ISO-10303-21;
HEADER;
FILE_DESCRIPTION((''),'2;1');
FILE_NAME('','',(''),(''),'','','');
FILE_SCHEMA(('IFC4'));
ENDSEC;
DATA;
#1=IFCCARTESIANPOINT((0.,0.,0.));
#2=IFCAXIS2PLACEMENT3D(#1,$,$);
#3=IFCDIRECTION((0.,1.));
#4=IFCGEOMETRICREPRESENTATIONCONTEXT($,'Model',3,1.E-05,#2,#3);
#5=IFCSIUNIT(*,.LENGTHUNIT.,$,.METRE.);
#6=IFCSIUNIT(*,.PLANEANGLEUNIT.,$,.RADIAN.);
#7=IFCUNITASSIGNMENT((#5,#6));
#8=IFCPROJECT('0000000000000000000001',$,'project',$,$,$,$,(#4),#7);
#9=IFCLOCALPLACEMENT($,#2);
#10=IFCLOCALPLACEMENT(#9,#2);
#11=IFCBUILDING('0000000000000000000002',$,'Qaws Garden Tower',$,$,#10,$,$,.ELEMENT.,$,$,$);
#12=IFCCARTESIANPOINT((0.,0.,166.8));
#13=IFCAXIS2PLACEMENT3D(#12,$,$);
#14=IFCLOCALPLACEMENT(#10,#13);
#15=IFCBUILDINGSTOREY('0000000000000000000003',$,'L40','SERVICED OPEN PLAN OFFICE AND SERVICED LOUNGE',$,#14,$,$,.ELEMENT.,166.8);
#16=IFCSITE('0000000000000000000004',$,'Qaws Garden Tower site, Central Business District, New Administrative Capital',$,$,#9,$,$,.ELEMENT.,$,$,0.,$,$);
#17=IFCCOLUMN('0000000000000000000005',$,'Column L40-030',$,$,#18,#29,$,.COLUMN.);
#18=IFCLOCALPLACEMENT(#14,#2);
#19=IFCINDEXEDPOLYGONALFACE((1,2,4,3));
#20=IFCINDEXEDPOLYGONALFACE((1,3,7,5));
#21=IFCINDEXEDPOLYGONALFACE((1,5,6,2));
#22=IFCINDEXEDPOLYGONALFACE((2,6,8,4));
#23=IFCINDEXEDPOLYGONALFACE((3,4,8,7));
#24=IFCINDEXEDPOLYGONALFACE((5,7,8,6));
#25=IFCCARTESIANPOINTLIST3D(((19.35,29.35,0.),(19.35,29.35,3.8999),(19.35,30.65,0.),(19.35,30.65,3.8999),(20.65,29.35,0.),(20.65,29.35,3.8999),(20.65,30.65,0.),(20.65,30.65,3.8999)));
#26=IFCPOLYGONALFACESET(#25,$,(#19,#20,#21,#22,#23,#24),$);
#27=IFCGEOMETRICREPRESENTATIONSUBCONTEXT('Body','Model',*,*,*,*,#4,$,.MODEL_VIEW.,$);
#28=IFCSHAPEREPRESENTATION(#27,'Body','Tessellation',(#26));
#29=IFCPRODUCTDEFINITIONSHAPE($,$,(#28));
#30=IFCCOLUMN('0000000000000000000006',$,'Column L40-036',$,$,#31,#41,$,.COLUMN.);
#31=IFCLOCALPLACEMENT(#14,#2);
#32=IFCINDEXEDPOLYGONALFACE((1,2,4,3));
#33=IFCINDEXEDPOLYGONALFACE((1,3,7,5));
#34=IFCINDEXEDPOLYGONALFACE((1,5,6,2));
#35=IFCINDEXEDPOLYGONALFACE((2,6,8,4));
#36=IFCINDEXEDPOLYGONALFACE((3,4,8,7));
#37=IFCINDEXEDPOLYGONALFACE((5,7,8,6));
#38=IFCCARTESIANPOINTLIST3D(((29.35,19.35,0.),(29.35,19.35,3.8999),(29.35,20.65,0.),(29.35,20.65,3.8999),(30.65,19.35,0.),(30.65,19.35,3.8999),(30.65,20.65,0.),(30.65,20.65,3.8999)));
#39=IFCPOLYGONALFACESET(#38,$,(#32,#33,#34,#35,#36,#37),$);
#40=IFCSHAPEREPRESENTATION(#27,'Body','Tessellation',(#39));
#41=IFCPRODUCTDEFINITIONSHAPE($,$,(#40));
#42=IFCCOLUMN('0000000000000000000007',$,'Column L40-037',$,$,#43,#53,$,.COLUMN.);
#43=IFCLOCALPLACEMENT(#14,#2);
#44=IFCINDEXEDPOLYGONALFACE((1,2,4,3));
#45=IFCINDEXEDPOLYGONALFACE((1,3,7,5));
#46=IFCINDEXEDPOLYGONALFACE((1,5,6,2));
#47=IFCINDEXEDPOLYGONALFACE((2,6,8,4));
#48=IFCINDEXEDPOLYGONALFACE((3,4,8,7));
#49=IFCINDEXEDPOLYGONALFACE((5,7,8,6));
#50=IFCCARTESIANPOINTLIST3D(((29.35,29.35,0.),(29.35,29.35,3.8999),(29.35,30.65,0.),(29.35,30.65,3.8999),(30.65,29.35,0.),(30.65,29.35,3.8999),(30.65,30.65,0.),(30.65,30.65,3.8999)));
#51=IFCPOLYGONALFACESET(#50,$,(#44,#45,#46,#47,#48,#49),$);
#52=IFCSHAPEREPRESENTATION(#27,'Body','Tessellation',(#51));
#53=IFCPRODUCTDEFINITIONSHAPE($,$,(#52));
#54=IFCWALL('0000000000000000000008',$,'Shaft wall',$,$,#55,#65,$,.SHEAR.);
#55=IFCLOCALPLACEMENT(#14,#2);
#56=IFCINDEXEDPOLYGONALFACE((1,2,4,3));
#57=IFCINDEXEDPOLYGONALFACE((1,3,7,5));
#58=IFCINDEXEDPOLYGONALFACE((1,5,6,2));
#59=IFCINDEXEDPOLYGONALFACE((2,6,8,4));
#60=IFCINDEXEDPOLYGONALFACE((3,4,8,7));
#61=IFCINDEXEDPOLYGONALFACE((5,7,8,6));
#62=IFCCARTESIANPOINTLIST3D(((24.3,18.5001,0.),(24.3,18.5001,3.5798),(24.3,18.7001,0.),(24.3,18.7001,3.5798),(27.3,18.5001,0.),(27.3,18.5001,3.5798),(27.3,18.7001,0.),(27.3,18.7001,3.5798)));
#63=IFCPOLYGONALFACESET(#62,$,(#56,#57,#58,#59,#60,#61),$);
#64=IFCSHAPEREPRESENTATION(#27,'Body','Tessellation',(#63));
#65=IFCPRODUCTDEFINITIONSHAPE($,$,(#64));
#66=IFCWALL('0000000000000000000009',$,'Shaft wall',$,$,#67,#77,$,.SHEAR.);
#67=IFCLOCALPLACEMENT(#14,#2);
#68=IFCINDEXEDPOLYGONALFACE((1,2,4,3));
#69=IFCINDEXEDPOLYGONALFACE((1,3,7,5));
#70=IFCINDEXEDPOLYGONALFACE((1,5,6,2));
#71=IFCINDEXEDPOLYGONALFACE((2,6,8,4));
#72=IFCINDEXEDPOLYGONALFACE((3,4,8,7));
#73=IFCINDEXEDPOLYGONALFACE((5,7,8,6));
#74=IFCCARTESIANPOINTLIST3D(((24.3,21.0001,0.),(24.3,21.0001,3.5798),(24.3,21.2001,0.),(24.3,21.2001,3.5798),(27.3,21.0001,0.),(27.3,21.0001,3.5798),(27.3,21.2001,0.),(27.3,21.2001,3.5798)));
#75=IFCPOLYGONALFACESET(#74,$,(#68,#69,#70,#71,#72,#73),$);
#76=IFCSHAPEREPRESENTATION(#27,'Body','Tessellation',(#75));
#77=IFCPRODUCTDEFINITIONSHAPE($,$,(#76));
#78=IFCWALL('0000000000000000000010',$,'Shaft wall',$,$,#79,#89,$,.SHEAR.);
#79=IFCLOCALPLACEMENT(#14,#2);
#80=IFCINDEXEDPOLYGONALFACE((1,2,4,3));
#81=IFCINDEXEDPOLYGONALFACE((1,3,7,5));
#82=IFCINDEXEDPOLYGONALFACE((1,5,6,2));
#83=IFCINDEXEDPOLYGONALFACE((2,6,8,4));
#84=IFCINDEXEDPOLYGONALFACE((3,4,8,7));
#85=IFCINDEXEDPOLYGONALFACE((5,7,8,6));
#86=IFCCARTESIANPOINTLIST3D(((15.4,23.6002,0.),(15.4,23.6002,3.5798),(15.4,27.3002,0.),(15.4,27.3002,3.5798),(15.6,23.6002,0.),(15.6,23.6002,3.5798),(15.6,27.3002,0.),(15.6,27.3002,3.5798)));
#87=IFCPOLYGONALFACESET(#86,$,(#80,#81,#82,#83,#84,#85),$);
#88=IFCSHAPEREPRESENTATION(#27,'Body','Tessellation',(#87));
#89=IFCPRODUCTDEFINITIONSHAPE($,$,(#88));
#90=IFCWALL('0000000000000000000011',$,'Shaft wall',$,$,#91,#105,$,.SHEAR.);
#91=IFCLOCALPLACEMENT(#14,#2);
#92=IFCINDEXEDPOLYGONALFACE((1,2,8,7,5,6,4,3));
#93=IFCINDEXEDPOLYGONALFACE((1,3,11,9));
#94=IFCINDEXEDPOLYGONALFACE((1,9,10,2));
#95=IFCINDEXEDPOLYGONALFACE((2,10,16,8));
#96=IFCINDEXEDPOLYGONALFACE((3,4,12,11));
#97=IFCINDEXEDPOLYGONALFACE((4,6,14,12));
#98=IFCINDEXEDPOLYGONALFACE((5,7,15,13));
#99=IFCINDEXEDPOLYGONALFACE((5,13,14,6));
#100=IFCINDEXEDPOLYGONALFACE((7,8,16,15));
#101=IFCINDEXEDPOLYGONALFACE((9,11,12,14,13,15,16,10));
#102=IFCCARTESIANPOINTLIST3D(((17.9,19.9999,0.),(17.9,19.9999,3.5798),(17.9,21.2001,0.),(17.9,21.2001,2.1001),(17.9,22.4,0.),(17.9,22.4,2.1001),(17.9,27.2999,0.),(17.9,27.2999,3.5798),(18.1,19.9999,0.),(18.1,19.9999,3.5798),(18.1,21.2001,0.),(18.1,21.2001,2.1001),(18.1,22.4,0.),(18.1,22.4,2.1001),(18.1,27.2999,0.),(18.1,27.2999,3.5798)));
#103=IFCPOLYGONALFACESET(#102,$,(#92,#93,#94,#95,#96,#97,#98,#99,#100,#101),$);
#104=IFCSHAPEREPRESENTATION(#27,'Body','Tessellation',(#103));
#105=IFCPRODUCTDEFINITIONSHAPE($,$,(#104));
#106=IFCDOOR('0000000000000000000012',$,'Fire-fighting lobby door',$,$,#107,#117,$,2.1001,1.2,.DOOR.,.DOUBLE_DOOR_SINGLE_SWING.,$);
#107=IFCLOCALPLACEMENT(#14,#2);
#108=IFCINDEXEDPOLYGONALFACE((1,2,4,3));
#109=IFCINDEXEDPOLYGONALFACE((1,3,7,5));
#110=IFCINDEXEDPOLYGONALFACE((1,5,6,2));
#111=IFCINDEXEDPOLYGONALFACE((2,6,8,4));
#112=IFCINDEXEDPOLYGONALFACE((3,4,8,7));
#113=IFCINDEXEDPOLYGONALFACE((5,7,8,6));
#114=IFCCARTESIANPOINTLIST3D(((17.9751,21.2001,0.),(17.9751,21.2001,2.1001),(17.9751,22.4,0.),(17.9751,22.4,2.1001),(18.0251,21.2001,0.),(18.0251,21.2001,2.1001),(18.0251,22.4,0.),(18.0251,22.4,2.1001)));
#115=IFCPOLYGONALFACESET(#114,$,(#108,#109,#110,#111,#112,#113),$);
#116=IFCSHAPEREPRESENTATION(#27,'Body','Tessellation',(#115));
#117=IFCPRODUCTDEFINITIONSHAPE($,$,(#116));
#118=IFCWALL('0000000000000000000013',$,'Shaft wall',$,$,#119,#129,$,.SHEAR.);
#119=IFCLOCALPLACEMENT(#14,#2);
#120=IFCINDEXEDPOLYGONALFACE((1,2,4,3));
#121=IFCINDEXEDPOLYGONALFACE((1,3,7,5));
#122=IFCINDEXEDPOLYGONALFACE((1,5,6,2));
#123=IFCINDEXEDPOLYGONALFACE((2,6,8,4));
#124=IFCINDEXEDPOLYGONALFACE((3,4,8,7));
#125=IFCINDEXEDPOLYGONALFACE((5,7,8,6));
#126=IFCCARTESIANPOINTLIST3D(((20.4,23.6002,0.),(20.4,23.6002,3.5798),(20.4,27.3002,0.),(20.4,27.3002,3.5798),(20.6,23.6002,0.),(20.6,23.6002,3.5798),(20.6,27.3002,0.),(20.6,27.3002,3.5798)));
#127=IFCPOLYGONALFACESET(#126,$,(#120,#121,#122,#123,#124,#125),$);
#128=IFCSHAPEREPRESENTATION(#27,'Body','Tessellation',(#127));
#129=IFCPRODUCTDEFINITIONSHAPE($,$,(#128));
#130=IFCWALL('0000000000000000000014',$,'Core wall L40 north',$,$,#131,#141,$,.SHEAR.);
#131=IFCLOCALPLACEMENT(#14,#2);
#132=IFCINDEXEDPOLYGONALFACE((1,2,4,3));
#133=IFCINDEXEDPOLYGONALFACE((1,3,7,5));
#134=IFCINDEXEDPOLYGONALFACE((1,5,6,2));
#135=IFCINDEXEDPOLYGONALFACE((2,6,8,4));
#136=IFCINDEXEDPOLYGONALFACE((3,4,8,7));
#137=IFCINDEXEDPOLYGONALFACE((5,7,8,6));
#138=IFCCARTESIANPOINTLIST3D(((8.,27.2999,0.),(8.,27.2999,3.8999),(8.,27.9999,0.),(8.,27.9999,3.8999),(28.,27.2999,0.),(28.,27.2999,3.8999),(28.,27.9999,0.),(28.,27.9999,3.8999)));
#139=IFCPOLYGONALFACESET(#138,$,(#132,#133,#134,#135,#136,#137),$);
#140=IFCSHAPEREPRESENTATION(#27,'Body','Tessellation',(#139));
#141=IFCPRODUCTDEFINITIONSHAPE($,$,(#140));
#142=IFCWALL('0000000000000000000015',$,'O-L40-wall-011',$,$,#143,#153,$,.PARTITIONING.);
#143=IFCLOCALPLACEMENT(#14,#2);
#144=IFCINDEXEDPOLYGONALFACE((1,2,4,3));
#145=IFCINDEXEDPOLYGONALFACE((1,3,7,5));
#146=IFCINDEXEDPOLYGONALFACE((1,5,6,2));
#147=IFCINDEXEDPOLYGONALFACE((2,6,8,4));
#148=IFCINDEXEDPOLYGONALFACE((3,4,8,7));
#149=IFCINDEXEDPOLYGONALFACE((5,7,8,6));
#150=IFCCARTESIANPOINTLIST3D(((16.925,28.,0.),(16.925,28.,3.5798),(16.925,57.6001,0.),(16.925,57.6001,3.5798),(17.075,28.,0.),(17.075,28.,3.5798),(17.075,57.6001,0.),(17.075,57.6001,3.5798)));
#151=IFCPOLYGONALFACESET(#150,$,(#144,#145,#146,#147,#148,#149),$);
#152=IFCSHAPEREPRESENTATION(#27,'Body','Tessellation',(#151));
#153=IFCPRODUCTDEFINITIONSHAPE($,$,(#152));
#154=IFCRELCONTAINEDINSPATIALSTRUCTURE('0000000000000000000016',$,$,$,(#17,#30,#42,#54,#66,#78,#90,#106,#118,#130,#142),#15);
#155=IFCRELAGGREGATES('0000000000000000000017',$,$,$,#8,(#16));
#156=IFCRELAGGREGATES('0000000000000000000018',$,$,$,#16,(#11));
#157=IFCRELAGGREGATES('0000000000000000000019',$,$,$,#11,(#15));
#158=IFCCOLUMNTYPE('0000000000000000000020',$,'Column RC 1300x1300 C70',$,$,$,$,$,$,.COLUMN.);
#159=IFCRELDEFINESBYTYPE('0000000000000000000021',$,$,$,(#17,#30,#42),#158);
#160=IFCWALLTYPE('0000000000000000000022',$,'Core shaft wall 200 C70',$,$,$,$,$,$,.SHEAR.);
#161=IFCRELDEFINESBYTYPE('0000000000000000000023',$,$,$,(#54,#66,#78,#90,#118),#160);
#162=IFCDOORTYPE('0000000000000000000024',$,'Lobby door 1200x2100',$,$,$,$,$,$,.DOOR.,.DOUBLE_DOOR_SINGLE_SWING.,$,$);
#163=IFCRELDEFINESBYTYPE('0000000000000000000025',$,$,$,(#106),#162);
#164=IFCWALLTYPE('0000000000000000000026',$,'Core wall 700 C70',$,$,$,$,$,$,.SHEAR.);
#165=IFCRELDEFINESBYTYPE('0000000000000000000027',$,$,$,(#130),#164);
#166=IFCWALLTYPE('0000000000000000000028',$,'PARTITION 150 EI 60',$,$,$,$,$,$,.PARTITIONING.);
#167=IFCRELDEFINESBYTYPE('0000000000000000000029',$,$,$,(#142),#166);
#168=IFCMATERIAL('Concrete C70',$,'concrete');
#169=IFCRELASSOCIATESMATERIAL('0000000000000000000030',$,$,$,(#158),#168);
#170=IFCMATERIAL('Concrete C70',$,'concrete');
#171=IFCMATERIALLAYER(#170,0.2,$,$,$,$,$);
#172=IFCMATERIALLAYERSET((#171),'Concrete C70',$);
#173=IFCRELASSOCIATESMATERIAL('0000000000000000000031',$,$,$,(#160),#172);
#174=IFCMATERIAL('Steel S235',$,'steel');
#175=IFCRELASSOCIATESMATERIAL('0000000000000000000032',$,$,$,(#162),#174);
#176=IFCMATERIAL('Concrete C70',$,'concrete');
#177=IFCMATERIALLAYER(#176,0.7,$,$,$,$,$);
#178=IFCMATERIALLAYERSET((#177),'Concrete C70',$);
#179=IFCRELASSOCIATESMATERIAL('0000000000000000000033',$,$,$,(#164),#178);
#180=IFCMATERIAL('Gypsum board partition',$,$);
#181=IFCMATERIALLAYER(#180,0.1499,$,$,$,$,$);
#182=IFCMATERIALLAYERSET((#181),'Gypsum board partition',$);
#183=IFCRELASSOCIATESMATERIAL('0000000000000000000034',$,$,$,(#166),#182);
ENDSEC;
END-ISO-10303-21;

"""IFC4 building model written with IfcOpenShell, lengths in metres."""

from ifc_helpers import new_model, si_unit, direction, frame, frame_2d, origin, origin_2d, place, context, subcontext, project, spatial, rectangle, extrude, material, layer, layer_set, material_profile, profile_set, type_object, element, fill, save


model = new_model("IFC4")

# Units and contexts
model_context = context("Model", 3, precision=1e-05, world=origin(), true_north=direction((0.0, 1.0)))
body_context = subcontext(model_context, "Body", "Model", "MODEL_VIEW")
ifc_project = project(units=[si_unit("LENGTHUNIT", "METRE"), si_unit("PLANEANGLEUNIT", "RADIAN")], contexts=[model_context])

# Site, building, storey
site_placement = place(None, origin())
site = spatial("IfcSite", under=ifc_project, at=site_placement, Name="Qaws Garden Tower site, Central Business District, New Administrative Capital", CompositionType="ELEMENT", RefElevation=0.0)
building_placement = place(site_placement, origin())
building = spatial("IfcBuilding", under=site, at=building_placement, Name="Qaws Garden Tower", CompositionType="ELEMENT")
storey_placement = place(building_placement, frame((0.0, 0.0, 166.8)))
storey = spatial("IfcBuildingStorey", under=building, at=storey_placement, Name="L40", Description="SERVICED OPEN PLAN OFFICE AND SERVICED LOUNGE", CompositionType="ELEMENT", Elevation=166.8)

# Columns
ifc_material_1 = material(Name="Concrete C70", Category="concrete")
ifc_material_profile = material_profile(ifc_material_1, rectangle(XDim=1.3, YDim=1.3, at=origin_2d()), Name="RC 1300x1300")
ifc_profile_set = profile_set([ifc_material_profile], Name="Concrete C70")
column_type = type_object("IfcColumnType", Name="Column RC 1300x1300 C70", PredefinedType="COLUMN", material=ifc_profile_set)
for number, where, z_axis, x_axis, name in (
    (1, (20.0, 30.0, 0.0), (0.0, 0.0, 1.0), (1.0, 0.0, 0.0), "Column L40-030"),
    (2, (30.0, 20.0, 0.0), (0.0, 0.0, 1.0), (1.0, 0.0, 0.0), "Column L40-036"),
    (3, (30.0, 30.0, 0.0), (0.0, 0.0, 1.0), (1.0, 0.0, 0.0), "Column L40-037"),
):
    element("IfcColumn", number, at=place(storey_placement, frame(where, z_axis=z_axis, x_axis=x_axis)), inside=storey, type_object=column_type, Name=name, PredefinedType="COLUMN", context=body_context, shape_type="SweptSolid", body=[
        extrude(rectangle(XDim=1.3, YDim=1.3, at=origin_2d()), origin(), (0.0, 0.0, 1.0), 3.8999),
    ])

# Walls
ifc_material_2 = material(Name="Concrete C70", Category="concrete")
ifc_layer_1 = layer(ifc_material_2, 0.2)
ifc_layer_set_1 = layer_set([ifc_layer_1], Name="Concrete C70")
wall_type_1 = type_object("IfcWallType", Name="Core shaft wall 200 C70", PredefinedType="SHEAR", material=ifc_layer_set_1)
for number, where, z_axis, x_axis, name in (
    (4, (24.3, 18.6001, 0.0), (0.0, 0.0, 1.0), (1.0, 0.0, 0.0), "Shaft wall"),
    (5, (24.3, 21.1001, 0.0), (0.0, 0.0, 1.0), (1.0, 0.0, 0.0), "Shaft wall"),
):
    element("IfcWall", number, at=place(storey_placement, frame(where, z_axis=z_axis, x_axis=x_axis)), inside=storey, type_object=wall_type_1, Name=name, PredefinedType="SHEAR", context=body_context, shape_type="SweptSolid", body=[
        extrude(rectangle(XDim=3.0, YDim=0.2, at=frame_2d((1.5, 0.0))), origin(), (0.0, 0.0, 1.0), 3.5798),
    ])
wall_1_placement = place(storey_placement, frame((15.5, 23.6001, 0.0), z_axis=(0.0, 0.0, 1.0), x_axis=(0.0, 1.0, 0.0)))
element("IfcWall", 6, at=wall_1_placement, inside=storey, type_object=wall_type_1, Name="Shaft wall", PredefinedType="SHEAR", context=body_context, shape_type="SweptSolid", body=[
    extrude(rectangle(XDim=3.7, YDim=0.2, at=frame_2d((1.8501, 0.0))), origin(), (0.0, 0.0, 1.0), 3.5798),
])

# Wall, opening, door
wall_2_placement = place(storey_placement, frame((18.0, 20.0, 0.0), z_axis=(0.0, 0.0, 1.0), x_axis=(0.0, 1.0, 0.0)))
wall_2 = element("IfcWall", 7, at=wall_2_placement, inside=storey, type_object=wall_type_1, Name="Shaft wall", PredefinedType="SHEAR", context=body_context, shape_type="SweptSolid", body=[
    extrude(rectangle(XDim=7.3, YDim=0.2, at=frame_2d((3.6499, 0.0))), origin(), (0.0, 0.0, 1.0), 3.5798),
])
opening_1_placement = place(wall_2_placement, frame((1.2, 0.0, 0.0)))
opening_1 = element("IfcOpeningElement", 8, at=opening_1_placement, cuts=wall_2, PredefinedType="OPENING", context=body_context, shape_type="SweptSolid", body=[
    extrude(rectangle(XDim=1.2, YDim=2.1001, at=frame_2d((0.6001, 1.05))), frame((0.0, 0.1099, 0.0), z_axis=(0.0, -1.0, 0.0), x_axis=(1.0, 0.0, 0.0)), (0.0, 0.0, 1.0), 0.22),
])
ifc_material_3 = material(Name="Steel S235", Category="steel")
door_type_1 = type_object("IfcDoorType", Name="Lobby door 1200x2100", OperationType="DOUBLE_DOOR_SINGLE_SWING", PredefinedType="DOOR", material=ifc_material_3)
door_1_placement = place(opening_1_placement, origin())
door_1 = element("IfcDoor", 9, at=door_1_placement, inside=storey, type_object=door_type_1, Name="Fire-fighting lobby door", OperationType="DOUBLE_DOOR_SINGLE_SWING", OverallHeight=2.1001, OverallWidth=1.2, PredefinedType="DOOR", context=body_context, shape_type="SweptSolid", body=[
    extrude(rectangle(XDim=1.2, YDim=2.1001, at=frame_2d((0.6001, 1.05))), frame((0.0, 0.0249, 0.0), z_axis=(0.0, -1.0, 0.0), x_axis=(1.0, 0.0, 0.0)), (0.0, 0.0, 1.0), 0.05),
])
fill(opening_1, door_1)

# Walls
wall_3_placement = place(storey_placement, frame((20.5, 23.6001, 0.0), z_axis=(0.0, 0.0, 1.0), x_axis=(0.0, 1.0, 0.0)))
element("IfcWall", 10, at=wall_3_placement, inside=storey, type_object=wall_type_1, Name="Shaft wall", PredefinedType="SHEAR", context=body_context, shape_type="SweptSolid", body=[
    extrude(rectangle(XDim=3.7, YDim=0.2, at=frame_2d((1.8501, 0.0))), origin(), (0.0, 0.0, 1.0), 3.5798),
])
ifc_material_4 = material(Name="Concrete C70", Category="concrete")
ifc_layer_2 = layer(ifc_material_4, 0.7)
ifc_layer_set_2 = layer_set([ifc_layer_2], Name="Concrete C70")
wall_type_2 = type_object("IfcWallType", Name="Core wall 700 C70", PredefinedType="SHEAR", material=ifc_layer_set_2)
wall_4_placement = place(storey_placement, frame((28.0, 27.6499, 0.0), z_axis=(0.0, 0.0, 1.0), x_axis=(-1.0, 0.0, 0.0)))
element("IfcWall", 11, at=wall_4_placement, inside=storey, type_object=wall_type_2, Name="Core wall L40 north", PredefinedType="SHEAR", context=body_context, shape_type="SweptSolid", body=[
    extrude(rectangle(XDim=20.0, YDim=0.7, at=frame_2d((10.0, 0.0))), origin(), (0.0, 0.0, 1.0), 3.8999),
])
ifc_material_5 = material(Name="Gypsum board partition")
ifc_layer_3 = layer(ifc_material_5, 0.1499)
ifc_layer_set_3 = layer_set([ifc_layer_3], Name="Gypsum board partition")
wall_type_3 = type_object("IfcWallType", Name="PARTITION 150 EI 60", PredefinedType="PARTITIONING", material=ifc_layer_set_3)
wall_5_placement = place(storey_placement, frame((17.0, 28.0, 0.0), z_axis=(0.0, 0.0, 1.0), x_axis=(0.0, 1.0, 0.0)))
element("IfcWall", 12, at=wall_5_placement, inside=storey, type_object=wall_type_3, Name="O-L40-wall-011", PredefinedType="PARTITIONING", context=body_context, shape_type="SweptSolid", body=[
    extrude(rectangle(XDim=29.6001, YDim=0.1499, at=frame_2d((14.8, 0.0))), origin(), (0.0, 0.0, 1.0), 3.5798),
])

save(model, "model.ifc")
